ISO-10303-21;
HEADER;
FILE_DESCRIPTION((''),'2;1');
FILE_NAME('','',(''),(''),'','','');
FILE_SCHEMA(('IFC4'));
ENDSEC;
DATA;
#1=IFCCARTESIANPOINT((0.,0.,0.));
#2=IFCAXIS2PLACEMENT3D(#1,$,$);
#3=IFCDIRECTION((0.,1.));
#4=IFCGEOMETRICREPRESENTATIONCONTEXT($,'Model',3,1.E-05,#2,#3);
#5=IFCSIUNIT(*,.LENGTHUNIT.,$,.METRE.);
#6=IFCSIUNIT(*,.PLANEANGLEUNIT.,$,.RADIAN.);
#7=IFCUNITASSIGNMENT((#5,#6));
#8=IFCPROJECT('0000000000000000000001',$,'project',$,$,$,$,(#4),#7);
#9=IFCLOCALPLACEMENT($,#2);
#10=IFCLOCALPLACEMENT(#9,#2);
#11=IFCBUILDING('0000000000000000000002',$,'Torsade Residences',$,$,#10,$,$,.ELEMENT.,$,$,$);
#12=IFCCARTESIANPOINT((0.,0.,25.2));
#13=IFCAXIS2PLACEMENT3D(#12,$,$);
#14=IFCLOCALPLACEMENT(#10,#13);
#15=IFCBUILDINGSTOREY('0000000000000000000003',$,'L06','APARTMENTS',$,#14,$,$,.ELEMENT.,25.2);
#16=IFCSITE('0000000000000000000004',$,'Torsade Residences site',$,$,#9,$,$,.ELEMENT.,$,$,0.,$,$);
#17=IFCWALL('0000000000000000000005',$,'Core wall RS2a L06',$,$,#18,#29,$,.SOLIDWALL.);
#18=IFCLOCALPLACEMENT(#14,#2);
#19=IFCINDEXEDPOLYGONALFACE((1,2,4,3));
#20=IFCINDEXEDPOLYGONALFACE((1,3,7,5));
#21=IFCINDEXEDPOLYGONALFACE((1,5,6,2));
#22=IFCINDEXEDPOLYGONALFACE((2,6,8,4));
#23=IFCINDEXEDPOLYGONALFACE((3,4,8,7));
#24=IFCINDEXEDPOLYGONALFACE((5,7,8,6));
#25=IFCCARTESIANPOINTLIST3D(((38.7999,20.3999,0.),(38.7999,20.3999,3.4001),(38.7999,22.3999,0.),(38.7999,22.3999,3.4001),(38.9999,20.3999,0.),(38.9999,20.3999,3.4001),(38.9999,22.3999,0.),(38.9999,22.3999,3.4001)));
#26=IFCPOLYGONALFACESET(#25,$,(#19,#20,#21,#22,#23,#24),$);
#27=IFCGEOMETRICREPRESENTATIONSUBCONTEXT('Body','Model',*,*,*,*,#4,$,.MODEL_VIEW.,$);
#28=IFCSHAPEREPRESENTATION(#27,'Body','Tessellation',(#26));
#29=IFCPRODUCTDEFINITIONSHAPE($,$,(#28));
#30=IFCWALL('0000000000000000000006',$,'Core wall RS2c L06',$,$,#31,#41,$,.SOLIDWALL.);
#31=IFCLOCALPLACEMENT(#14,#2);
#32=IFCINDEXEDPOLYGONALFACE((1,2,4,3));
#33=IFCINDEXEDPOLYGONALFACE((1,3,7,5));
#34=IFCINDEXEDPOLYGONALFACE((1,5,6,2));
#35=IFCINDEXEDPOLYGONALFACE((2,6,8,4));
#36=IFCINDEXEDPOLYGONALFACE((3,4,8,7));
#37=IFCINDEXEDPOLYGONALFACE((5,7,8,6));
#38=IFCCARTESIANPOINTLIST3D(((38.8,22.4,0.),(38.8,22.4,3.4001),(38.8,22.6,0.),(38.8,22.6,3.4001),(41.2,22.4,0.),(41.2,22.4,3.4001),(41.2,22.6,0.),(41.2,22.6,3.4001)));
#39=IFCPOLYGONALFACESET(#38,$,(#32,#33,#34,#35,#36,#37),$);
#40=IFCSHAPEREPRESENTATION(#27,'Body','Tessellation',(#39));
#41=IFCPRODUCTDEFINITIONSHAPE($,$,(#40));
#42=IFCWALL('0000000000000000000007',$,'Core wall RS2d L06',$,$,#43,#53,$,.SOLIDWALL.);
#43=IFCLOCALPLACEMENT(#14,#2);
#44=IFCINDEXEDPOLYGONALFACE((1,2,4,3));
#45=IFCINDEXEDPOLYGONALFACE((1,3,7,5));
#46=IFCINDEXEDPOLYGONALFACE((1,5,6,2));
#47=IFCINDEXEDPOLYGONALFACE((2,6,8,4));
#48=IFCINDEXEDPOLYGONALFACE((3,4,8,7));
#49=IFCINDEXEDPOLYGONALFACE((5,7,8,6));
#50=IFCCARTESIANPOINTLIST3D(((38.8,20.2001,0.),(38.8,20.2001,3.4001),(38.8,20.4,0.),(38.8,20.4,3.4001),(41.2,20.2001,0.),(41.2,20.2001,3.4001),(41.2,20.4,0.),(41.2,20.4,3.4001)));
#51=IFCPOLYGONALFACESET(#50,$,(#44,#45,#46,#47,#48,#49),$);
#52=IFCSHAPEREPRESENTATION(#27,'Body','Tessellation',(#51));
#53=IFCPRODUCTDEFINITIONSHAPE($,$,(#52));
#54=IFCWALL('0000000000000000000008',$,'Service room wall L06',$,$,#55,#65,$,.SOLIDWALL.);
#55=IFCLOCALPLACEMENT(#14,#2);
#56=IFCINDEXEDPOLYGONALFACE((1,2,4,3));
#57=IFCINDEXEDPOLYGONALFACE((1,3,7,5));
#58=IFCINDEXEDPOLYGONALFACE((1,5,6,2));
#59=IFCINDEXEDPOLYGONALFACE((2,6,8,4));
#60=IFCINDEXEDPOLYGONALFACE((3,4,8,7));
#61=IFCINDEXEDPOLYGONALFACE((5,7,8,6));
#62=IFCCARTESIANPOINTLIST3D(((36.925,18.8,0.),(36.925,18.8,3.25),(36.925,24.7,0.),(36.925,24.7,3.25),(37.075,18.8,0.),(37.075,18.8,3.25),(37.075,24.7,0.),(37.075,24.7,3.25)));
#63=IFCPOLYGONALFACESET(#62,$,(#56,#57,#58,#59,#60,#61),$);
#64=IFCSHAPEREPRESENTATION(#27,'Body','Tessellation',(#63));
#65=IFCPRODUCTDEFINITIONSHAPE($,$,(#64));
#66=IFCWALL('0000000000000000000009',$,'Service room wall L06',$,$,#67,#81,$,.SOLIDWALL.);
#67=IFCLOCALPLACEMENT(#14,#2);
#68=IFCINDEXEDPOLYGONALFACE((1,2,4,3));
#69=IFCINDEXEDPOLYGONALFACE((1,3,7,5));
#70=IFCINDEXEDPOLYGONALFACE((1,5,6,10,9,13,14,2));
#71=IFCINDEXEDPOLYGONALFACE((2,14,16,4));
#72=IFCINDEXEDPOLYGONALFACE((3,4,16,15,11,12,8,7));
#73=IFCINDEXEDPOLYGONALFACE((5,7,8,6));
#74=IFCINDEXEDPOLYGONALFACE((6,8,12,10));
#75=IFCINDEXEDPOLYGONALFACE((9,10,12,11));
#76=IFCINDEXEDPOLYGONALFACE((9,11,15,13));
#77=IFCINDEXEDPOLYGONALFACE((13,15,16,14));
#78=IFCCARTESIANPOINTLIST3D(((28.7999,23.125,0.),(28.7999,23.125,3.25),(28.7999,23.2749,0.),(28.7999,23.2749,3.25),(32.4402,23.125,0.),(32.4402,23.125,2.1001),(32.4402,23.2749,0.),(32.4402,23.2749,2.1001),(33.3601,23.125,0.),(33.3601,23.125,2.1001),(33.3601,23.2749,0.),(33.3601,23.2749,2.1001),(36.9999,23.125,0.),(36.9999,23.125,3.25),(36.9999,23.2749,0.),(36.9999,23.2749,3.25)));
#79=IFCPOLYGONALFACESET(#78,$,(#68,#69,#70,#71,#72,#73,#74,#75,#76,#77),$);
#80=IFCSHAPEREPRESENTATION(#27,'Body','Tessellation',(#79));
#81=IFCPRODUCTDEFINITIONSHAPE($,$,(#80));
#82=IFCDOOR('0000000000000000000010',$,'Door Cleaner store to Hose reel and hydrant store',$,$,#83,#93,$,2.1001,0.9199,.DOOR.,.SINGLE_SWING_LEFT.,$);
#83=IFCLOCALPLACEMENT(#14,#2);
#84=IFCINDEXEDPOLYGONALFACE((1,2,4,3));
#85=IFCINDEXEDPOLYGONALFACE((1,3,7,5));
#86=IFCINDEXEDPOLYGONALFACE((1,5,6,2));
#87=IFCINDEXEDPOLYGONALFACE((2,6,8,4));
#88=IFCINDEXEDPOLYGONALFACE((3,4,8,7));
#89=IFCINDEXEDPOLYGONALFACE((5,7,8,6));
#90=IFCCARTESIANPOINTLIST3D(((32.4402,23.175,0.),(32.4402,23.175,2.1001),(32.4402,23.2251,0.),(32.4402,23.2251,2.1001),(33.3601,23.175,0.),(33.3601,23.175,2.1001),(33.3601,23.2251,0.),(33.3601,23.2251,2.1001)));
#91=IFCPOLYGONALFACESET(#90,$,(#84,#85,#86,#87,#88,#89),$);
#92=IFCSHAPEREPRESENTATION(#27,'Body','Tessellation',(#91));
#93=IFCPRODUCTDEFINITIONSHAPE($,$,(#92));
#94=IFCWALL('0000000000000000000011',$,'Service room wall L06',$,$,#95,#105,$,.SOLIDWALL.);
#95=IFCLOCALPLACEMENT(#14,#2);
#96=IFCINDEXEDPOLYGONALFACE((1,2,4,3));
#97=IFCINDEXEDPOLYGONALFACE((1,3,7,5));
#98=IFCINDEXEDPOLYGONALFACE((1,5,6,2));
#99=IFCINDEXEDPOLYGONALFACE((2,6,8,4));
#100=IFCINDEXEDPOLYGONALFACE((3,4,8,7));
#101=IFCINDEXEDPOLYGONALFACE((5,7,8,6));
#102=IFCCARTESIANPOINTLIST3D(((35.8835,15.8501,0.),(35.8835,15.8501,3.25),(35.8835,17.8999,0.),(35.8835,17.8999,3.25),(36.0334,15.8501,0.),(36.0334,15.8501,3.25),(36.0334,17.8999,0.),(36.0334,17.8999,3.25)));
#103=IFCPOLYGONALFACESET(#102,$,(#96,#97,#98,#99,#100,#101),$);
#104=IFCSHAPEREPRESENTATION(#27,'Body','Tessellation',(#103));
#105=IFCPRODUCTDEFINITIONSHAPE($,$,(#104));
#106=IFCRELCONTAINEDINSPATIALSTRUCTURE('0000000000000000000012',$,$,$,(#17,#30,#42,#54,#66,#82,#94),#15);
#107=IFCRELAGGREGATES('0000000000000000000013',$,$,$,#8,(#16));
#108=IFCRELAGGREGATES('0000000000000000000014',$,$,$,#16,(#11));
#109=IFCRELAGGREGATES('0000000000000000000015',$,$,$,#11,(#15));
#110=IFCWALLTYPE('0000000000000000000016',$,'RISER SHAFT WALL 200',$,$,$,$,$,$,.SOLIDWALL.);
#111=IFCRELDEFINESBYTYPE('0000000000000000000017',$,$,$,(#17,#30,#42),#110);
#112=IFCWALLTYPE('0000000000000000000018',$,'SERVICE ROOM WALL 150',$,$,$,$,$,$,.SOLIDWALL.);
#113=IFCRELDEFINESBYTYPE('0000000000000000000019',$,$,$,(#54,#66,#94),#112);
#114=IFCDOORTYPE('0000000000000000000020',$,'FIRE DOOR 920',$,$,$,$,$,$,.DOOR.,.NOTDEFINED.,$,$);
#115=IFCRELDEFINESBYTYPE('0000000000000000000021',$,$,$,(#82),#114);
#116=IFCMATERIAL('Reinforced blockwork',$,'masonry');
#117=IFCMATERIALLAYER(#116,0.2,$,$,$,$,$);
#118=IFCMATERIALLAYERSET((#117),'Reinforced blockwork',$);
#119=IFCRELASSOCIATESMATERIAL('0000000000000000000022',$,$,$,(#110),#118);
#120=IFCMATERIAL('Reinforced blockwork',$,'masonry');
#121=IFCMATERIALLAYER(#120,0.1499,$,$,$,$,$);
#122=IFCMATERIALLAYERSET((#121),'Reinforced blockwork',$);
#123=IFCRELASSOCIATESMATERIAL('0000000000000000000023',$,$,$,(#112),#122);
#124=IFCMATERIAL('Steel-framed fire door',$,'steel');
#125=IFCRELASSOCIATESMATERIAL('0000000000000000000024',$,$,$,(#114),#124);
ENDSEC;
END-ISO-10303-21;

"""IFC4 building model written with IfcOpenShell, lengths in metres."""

from ifc_helpers import new_model, si_unit, direction, frame, frame_2d, origin, place, context, subcontext, project, spatial, rectangle, extrude, material, layer, layer_set, type_object, element, fill, save


model = new_model("IFC4")

# Units and contexts
model_context = context("Model", 3, precision=1e-05, world=origin(), true_north=direction((0.0, 1.0)))
body_context = subcontext(model_context, "Body", "Model", "MODEL_VIEW")
ifc_project = project(units=[si_unit("LENGTHUNIT", "METRE"), si_unit("PLANEANGLEUNIT", "RADIAN")], contexts=[model_context])

# Site, building, storey
site_placement = place(None, origin())
site = spatial("IfcSite", under=ifc_project, at=site_placement, Name="Torsade Residences site", CompositionType="ELEMENT", RefElevation=0.0)
building_placement = place(site_placement, origin())
building = spatial("IfcBuilding", under=site, at=building_placement, Name="Torsade Residences", CompositionType="ELEMENT")
storey_placement = place(building_placement, frame((0.0, 0.0, 25.2)))
storey = spatial("IfcBuildingStorey", under=building, at=storey_placement, Name="L06", Description="APARTMENTS", CompositionType="ELEMENT", Elevation=25.2)

# Walls
ifc_material_1 = material(Name="Reinforced blockwork", Category="masonry")
ifc_layer_1 = layer(ifc_material_1, 0.2)
ifc_layer_set_1 = layer_set([ifc_layer_1], Name="Reinforced blockwork")
wall_type_1 = type_object("IfcWallType", Name="RISER SHAFT WALL 200", PredefinedType="SOLIDWALL", material=ifc_layer_set_1)
wall_1_placement = place(storey_placement, frame((38.8999, 22.3999, 0.0), z_axis=(0.0, 0.0, 1.0), x_axis=(0.0, -1.0, 0.0)))
element("IfcWall", 1, at=wall_1_placement, inside=storey, type_object=wall_type_1, Name="Core wall RS2a L06", PredefinedType="SOLIDWALL", context=body_context, shape_type="SweptSolid", body=[
    extrude(rectangle(XDim=2.0, YDim=0.2, at=frame_2d((1.0, 0.0))), origin(), (0.0, 0.0, 1.0), 3.4001),
])
for number, where, z_axis, x_axis, name in (
    (2, (38.8, 22.5, 0.0), (0.0, 0.0, 1.0), (1.0, 0.0, 0.0), "Core wall RS2c L06"),
    (3, (38.8, 20.3, 0.0), (0.0, 0.0, 1.0), (1.0, 0.0, 0.0), "Core wall RS2d L06"),
):
    element("IfcWall", number, at=place(storey_placement, frame(where, z_axis=z_axis, x_axis=x_axis)), inside=storey, type_object=wall_type_1, Name=name, PredefinedType="SOLIDWALL", context=body_context, shape_type="SweptSolid", body=[
        extrude(rectangle(XDim=2.3999, YDim=0.2, at=frame_2d((1.2, 0.0))), origin(), (0.0, 0.0, 1.0), 3.4001),
    ])
ifc_material_2 = material(Name="Reinforced blockwork", Category="masonry")
ifc_layer_2 = layer(ifc_material_2, 0.1499)
ifc_layer_set_2 = layer_set([ifc_layer_2], Name="Reinforced blockwork")
wall_type_2 = type_object("IfcWallType", Name="SERVICE ROOM WALL 150", PredefinedType="SOLIDWALL", material=ifc_layer_set_2)
wall_2_placement = place(storey_placement, frame((37.0, 18.8, 0.0), z_axis=(0.0, 0.0, 1.0), x_axis=(0.0, 1.0, 0.0)))
element("IfcWall", 4, at=wall_2_placement, inside=storey, type_object=wall_type_2, Name="Service room wall L06", PredefinedType="SOLIDWALL", context=body_context, shape_type="SweptSolid", body=[
    extrude(rectangle(XDim=5.8999, YDim=0.1499, at=frame_2d((2.95, 0.0))), origin(), (0.0, 0.0, 1.0), 3.25),
])

# Wall, opening, door
wall_3_placement = place(storey_placement, frame((37.0, 23.2, 0.0), z_axis=(0.0, 0.0, 1.0), x_axis=(-1.0, 0.0, 0.0)))
wall_3 = element("IfcWall", 5, at=wall_3_placement, inside=storey, type_object=wall_type_2, Name="Service room wall L06", PredefinedType="SOLIDWALL", context=body_context, shape_type="SweptSolid", body=[
    extrude(rectangle(XDim=8.2, YDim=0.1499, at=frame_2d((4.1001, 0.0))), origin(), (0.0, 0.0, 1.0), 3.25),
])
opening_placement = place(wall_3_placement, frame((3.6399, 0.0, 0.0)))
opening = element("IfcOpeningElement", 6, at=opening_placement, cuts=wall_3, PredefinedType="OPENING", context=body_context, shape_type="SweptSolid", body=[
    extrude(rectangle(XDim=0.9199, YDim=2.1001, at=frame_2d((0.46, 1.05))), frame((0.0, 0.085, 0.0), z_axis=(0.0, -1.0, 0.0), x_axis=(1.0, 0.0, 0.0)), (0.0, 0.0, 1.0), 0.1699),
])
ifc_material_3 = material(Name="Steel-framed fire door", Category="steel")
door_type = type_object("IfcDoorType", Name="FIRE DOOR 920", OperationType="NOTDEFINED", PredefinedType="DOOR", material=ifc_material_3)
door_placement = place(opening_placement, origin())
door = element("IfcDoor", 7, at=door_placement, inside=storey, type_object=door_type, Name="Door Cleaner store to Hose reel and hydrant store", OperationType="SINGLE_SWING_LEFT", OverallHeight=2.1001, OverallWidth=0.9199, PredefinedType="DOOR", context=body_context, shape_type="SweptSolid", body=[
    extrude(rectangle(XDim=0.9199, YDim=2.1001, at=frame_2d((0.46, 1.05))), frame((0.0, 0.0249, 0.0), z_axis=(0.0, -1.0, 0.0), x_axis=(1.0, 0.0, 0.0)), (0.0, 0.0, 1.0), 0.05),
])
fill(opening, door)

# Wall
wall_4_placement = place(storey_placement, frame((35.9585, 15.8501, 0.0), z_axis=(0.0, 0.0, 1.0), x_axis=(0.0, 1.0, 0.0)))
element("IfcWall", 8, at=wall_4_placement, inside=storey, type_object=wall_type_2, Name="Service room wall L06", PredefinedType="SOLIDWALL", context=body_context, shape_type="SweptSolid", body=[
    extrude(rectangle(XDim=2.0498, YDim=0.1499, at=frame_2d((1.0249, 0.0))), origin(), (0.0, 0.0, 1.0), 3.25),
])

save(model, "model.ifc")
